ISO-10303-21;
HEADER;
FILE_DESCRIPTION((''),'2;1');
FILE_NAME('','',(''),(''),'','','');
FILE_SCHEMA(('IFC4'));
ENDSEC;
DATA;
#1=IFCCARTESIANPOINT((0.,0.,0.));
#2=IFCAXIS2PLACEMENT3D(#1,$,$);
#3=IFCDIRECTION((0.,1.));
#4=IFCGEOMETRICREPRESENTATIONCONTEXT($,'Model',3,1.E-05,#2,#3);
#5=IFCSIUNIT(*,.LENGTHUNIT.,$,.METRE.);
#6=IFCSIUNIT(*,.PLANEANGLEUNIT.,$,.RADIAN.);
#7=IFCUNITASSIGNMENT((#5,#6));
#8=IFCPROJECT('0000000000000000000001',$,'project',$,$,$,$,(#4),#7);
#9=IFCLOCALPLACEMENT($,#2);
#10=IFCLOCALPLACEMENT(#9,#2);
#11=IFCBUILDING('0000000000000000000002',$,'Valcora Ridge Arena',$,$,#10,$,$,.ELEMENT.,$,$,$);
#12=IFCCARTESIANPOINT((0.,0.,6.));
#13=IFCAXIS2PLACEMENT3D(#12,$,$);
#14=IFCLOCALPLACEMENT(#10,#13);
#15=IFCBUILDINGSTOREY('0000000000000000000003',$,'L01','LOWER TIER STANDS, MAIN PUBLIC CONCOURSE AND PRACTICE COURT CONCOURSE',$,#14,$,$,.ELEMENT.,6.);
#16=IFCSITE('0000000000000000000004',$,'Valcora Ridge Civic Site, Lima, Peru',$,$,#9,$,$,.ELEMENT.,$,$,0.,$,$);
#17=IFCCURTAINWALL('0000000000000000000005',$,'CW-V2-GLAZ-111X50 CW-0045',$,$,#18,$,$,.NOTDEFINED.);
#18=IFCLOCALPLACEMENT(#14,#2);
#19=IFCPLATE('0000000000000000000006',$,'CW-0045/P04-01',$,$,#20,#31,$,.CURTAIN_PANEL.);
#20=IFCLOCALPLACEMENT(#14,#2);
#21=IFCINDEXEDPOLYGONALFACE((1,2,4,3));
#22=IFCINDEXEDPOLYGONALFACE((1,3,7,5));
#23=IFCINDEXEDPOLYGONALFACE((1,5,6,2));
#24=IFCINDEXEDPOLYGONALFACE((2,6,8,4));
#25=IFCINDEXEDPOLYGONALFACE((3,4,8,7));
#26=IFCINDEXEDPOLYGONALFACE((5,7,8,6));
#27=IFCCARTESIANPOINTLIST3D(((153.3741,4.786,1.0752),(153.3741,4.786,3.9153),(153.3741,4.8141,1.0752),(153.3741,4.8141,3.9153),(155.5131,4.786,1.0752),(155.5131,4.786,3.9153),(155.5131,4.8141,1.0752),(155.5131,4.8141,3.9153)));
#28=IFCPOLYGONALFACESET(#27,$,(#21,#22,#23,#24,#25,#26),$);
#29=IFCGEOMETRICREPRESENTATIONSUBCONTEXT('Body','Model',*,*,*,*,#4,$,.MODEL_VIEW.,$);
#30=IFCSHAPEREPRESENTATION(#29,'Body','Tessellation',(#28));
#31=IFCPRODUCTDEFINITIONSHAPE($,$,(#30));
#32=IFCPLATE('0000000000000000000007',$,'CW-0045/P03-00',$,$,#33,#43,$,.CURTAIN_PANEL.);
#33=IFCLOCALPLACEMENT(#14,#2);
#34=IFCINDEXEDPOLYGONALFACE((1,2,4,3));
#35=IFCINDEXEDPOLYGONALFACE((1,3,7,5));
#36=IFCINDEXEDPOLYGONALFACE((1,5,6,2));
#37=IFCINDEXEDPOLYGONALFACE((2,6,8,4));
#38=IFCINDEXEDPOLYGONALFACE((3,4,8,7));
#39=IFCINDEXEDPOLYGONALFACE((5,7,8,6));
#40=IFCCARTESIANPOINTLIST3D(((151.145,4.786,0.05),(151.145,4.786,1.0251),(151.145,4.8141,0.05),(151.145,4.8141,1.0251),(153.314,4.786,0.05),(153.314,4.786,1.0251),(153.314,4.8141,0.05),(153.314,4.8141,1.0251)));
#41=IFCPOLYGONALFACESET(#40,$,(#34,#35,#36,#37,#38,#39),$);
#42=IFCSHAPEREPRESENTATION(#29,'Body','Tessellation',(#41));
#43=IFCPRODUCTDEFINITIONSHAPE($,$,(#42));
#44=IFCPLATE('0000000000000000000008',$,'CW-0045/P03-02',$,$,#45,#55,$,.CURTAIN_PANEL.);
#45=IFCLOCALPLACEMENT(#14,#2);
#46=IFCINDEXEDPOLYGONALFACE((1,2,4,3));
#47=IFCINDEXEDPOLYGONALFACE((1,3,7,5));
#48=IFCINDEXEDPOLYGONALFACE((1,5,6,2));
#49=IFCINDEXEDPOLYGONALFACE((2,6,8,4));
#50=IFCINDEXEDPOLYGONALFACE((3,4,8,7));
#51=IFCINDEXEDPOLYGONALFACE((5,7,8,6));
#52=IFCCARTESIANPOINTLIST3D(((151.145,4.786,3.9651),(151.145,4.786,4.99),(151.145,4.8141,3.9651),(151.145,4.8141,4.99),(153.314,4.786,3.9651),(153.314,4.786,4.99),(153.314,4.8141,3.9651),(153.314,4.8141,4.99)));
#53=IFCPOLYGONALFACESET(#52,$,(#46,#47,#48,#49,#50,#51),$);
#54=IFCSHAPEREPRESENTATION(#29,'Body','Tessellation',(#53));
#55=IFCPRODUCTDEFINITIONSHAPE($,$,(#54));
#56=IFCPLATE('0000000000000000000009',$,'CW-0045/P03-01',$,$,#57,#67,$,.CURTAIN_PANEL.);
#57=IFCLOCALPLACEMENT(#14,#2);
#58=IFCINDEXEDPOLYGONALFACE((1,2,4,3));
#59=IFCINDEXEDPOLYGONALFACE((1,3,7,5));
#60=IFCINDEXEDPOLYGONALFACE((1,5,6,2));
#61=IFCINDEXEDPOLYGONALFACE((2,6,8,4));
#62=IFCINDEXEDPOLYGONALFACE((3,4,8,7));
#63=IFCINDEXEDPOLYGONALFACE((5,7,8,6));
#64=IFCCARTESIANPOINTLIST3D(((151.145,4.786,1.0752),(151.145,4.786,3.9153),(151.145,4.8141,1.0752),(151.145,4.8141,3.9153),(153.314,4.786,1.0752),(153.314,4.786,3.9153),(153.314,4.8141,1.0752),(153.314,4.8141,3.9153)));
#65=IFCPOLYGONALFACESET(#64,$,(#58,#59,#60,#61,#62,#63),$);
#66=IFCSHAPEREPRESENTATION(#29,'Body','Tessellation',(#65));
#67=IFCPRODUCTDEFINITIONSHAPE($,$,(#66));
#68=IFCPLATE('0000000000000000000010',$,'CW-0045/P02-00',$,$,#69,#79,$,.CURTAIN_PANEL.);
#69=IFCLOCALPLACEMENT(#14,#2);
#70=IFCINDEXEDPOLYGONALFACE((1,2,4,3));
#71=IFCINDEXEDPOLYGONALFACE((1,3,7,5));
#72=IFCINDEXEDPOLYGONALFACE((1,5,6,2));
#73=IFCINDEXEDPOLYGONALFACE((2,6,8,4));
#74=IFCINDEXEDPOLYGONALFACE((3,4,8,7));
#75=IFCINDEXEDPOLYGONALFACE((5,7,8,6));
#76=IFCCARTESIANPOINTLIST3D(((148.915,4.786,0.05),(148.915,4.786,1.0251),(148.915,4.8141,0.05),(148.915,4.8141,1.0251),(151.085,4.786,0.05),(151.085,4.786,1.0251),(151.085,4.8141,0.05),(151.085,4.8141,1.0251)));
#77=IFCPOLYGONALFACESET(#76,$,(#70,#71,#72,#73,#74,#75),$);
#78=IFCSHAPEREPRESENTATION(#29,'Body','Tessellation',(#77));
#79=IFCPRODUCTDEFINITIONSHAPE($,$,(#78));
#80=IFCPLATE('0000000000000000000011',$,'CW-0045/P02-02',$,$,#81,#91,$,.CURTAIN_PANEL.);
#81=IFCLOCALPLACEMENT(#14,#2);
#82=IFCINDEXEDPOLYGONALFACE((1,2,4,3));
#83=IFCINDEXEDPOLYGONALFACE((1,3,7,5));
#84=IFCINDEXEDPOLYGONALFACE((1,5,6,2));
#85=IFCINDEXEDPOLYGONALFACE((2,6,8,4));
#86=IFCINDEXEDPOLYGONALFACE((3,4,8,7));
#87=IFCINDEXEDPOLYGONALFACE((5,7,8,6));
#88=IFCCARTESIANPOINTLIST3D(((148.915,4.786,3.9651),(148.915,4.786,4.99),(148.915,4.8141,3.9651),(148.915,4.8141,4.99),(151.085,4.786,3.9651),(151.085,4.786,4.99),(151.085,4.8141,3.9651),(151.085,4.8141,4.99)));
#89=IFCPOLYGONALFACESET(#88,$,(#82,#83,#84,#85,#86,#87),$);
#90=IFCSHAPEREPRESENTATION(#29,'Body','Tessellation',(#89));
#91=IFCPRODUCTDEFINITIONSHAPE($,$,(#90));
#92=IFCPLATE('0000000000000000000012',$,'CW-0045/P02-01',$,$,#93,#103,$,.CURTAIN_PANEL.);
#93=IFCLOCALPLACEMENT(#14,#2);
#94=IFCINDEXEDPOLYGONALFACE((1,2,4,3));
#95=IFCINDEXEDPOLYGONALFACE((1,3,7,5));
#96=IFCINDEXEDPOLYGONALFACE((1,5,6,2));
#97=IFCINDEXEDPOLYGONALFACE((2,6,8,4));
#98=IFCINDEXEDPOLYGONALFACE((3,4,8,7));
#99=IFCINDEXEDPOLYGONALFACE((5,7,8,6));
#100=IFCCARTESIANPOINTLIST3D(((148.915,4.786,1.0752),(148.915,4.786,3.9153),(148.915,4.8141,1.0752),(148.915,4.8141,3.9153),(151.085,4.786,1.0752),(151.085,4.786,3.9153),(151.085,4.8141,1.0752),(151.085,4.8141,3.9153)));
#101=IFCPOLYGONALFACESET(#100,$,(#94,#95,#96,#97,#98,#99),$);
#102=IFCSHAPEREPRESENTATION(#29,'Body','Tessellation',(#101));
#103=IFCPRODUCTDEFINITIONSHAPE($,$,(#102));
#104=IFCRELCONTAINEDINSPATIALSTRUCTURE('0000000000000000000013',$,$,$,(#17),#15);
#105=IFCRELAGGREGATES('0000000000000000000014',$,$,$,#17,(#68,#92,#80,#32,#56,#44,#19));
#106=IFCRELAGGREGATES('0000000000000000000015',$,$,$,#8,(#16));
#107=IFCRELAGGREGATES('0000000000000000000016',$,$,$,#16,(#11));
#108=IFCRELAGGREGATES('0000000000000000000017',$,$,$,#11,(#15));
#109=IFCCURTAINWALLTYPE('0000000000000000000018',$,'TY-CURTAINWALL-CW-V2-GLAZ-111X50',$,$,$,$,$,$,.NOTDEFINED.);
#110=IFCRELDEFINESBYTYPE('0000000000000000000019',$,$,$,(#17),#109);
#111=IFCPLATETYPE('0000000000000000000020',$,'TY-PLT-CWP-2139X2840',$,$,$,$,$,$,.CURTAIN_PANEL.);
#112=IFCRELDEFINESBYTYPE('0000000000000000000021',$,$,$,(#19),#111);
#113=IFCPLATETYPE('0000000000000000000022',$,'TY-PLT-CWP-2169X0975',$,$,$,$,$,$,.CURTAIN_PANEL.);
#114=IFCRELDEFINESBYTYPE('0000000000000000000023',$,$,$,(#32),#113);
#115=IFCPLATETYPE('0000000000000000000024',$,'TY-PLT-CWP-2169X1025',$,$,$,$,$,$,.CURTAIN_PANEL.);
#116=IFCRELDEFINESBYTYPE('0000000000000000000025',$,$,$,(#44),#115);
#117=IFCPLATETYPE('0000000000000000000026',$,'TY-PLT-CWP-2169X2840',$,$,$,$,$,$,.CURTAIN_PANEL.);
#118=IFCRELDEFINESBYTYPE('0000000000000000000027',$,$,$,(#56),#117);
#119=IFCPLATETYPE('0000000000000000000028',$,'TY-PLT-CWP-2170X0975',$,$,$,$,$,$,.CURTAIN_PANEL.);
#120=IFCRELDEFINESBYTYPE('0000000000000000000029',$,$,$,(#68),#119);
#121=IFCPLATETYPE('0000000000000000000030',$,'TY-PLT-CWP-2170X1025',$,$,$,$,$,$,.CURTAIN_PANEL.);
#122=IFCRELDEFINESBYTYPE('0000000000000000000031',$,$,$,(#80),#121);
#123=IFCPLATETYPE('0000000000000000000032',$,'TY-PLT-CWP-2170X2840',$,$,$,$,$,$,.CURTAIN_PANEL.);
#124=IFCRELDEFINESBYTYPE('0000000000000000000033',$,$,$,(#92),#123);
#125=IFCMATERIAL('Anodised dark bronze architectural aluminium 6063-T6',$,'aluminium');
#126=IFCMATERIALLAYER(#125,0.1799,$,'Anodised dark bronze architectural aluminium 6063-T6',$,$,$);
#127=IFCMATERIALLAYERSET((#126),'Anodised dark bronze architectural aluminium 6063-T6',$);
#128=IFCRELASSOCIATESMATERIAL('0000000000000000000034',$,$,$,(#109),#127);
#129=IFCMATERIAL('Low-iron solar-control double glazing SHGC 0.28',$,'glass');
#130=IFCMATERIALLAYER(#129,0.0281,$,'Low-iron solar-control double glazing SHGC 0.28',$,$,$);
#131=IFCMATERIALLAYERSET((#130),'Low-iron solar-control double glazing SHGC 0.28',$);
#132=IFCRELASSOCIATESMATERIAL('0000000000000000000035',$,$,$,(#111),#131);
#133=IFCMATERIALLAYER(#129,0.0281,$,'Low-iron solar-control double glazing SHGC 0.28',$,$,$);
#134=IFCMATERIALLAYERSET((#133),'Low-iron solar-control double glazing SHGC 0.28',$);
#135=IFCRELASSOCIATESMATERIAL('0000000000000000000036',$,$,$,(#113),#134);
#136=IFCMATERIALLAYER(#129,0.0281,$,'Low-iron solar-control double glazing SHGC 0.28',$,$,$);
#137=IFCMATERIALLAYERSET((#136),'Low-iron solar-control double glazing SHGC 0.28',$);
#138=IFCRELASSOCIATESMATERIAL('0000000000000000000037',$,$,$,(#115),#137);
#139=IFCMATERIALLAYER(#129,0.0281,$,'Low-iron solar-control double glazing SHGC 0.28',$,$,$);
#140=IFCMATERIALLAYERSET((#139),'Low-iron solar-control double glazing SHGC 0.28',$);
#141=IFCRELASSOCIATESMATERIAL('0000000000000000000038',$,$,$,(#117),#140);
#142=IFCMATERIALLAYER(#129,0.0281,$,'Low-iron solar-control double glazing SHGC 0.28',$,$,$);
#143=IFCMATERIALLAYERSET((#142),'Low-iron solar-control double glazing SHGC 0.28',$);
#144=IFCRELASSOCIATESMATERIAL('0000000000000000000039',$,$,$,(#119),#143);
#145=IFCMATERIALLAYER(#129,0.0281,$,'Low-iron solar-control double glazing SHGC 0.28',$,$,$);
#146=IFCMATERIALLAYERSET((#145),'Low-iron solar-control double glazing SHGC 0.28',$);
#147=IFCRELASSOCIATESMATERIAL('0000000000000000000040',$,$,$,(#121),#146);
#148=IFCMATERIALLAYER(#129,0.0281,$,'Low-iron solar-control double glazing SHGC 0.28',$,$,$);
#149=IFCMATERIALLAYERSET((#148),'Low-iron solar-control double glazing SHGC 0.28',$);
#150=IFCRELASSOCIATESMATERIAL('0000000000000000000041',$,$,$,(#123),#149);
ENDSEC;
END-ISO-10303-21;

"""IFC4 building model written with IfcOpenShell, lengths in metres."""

from ifc_helpers import new_model, si_unit, direction, frame, origin, origin_2d, place, context, subcontext, project, spatial, rectangle, extrude, material, layer, layer_set, type_object, element, aggregate, save


model = new_model("IFC4")

# Units and contexts
model_context = context("Model", 3, precision=1e-05, world=origin(), true_north=direction((0.0, 1.0)))
body_context = subcontext(model_context, "Body", "Model", "MODEL_VIEW")
ifc_project = project(units=[si_unit("LENGTHUNIT", "METRE"), si_unit("PLANEANGLEUNIT", "RADIAN")], contexts=[model_context])

# Site, building, storey
site_placement = place(None, origin())
site = spatial("IfcSite", under=ifc_project, at=site_placement, Name="Valcora Ridge Civic Site, Lima, Peru", CompositionType="ELEMENT", RefElevation=0.0)
building_placement = place(site_placement, origin())
building = spatial("IfcBuilding", under=site, at=building_placement, Name="Valcora Ridge Arena", CompositionType="ELEMENT")
storey_placement = place(building_placement, frame((0.0, 0.0, 6.0)))
storey = spatial("IfcBuildingStorey", under=building, at=storey_placement, Name="L01", Description="LOWER TIER STANDS, MAIN PUBLIC CONCOURSE AND PRACTICE COURT CONCOURSE", CompositionType="ELEMENT", Elevation=6.0)

# Curtain wall, plates
ifc_material_1 = material(Name="Anodised dark bronze architectural aluminium 6063-T6", Category="aluminium")
ifc_layer_1 = layer(ifc_material_1, 0.1799, Name="Anodised dark bronze architectural aluminium 6063-T6")
ifc_layer_set_1 = layer_set([ifc_layer_1], Name="Anodised dark bronze architectural aluminium 6063-T6")
curtain_wall_type = type_object("IfcCurtainWallType", Name="TY-CURTAINWALL-CW-V2-GLAZ-111X50", PredefinedType="NOTDEFINED", material=ifc_layer_set_1)
curtain_wall_placement = place(storey_placement, origin())
curtain_wall = element("IfcCurtainWall", 1, at=curtain_wall_placement, inside=storey, type_object=curtain_wall_type, Name="CW-V2-GLAZ-111X50 CW-0045", PredefinedType="NOTDEFINED")
ifc_material_2 = material(Name="Low-iron solar-control double glazing SHGC 0.28", Category="glass")
ifc_layer_2 = layer(ifc_material_2, 0.0281, Name="Low-iron solar-control double glazing SHGC 0.28")
ifc_layer_set_2 = layer_set([ifc_layer_2], Name="Low-iron solar-control double glazing SHGC 0.28")
plate_type_1 = type_object("IfcPlateType", Name="TY-PLT-CWP-2139X2840", PredefinedType="CURTAIN_PANEL", material=ifc_layer_set_2)
plate_1_placement = place(storey_placement, frame((154.4436, 4.8, 1.0752), z_axis=(0.0, 0.0, 1.0), x_axis=(1.0, 0.0, 0.0)))
plate_1 = element("IfcPlate", 2, at=plate_1_placement, type_object=plate_type_1, Name="CW-0045/P04-01", PredefinedType="CURTAIN_PANEL", context=body_context, shape_type="SweptSolid", body=[
    extrude(rectangle(XDim=2.1389, YDim=0.0281, at=origin_2d()), origin(), (0.0, 0.0, 1.0), 2.8401),
])
ifc_layer_3 = layer(ifc_material_2, 0.0281, Name="Low-iron solar-control double glazing SHGC 0.28")
ifc_layer_set_3 = layer_set([ifc_layer_3], Name="Low-iron solar-control double glazing SHGC 0.28")
plate_type_2 = type_object("IfcPlateType", Name="TY-PLT-CWP-2169X0975", PredefinedType="CURTAIN_PANEL", material=ifc_layer_set_3)
plate_2_placement = place(storey_placement, frame((152.2295, 4.8, 0.05), z_axis=(0.0, 0.0, 1.0), x_axis=(1.0, 0.0, 0.0)))
plate_2 = element("IfcPlate", 3, at=plate_2_placement, type_object=plate_type_2, Name="CW-0045/P03-00", PredefinedType="CURTAIN_PANEL", context=body_context, shape_type="SweptSolid", body=[
    extrude(rectangle(XDim=2.1689, YDim=0.0281, at=origin_2d()), origin(), (0.0, 0.0, 1.0), 0.9751),
])
ifc_layer_4 = layer(ifc_material_2, 0.0281, Name="Low-iron solar-control double glazing SHGC 0.28")
ifc_layer_set_4 = layer_set([ifc_layer_4], Name="Low-iron solar-control double glazing SHGC 0.28")
plate_type_3 = type_object("IfcPlateType", Name="TY-PLT-CWP-2169X1025", PredefinedType="CURTAIN_PANEL", material=ifc_layer_set_4)
plate_3_placement = place(storey_placement, frame((152.2295, 4.8, 3.9651), z_axis=(0.0, 0.0, 1.0), x_axis=(1.0, 0.0, 0.0)))
plate_3 = element("IfcPlate", 4, at=plate_3_placement, type_object=plate_type_3, Name="CW-0045/P03-02", PredefinedType="CURTAIN_PANEL", context=body_context, shape_type="SweptSolid", body=[
    extrude(rectangle(XDim=2.1689, YDim=0.0281, at=origin_2d()), origin(), (0.0, 0.0, 1.0), 1.0249),
])
ifc_layer_5 = layer(ifc_material_2, 0.0281, Name="Low-iron solar-control double glazing SHGC 0.28")
ifc_layer_set_5 = layer_set([ifc_layer_5], Name="Low-iron solar-control double glazing SHGC 0.28")
plate_type_4 = type_object("IfcPlateType", Name="TY-PLT-CWP-2169X2840", PredefinedType="CURTAIN_PANEL", material=ifc_layer_set_5)
plate_4_placement = place(storey_placement, frame((152.2295, 4.8, 1.0752), z_axis=(0.0, 0.0, 1.0), x_axis=(1.0, 0.0, 0.0)))
plate_4 = element("IfcPlate", 5, at=plate_4_placement, type_object=plate_type_4, Name="CW-0045/P03-01", PredefinedType="CURTAIN_PANEL", context=body_context, shape_type="SweptSolid", body=[
    extrude(rectangle(XDim=2.1689, YDim=0.0281, at=origin_2d()), origin(), (0.0, 0.0, 1.0), 2.8401),
])
ifc_layer_6 = layer(ifc_material_2, 0.0281, Name="Low-iron solar-control double glazing SHGC 0.28")
ifc_layer_set_6 = layer_set([ifc_layer_6], Name="Low-iron solar-control double glazing SHGC 0.28")
plate_type_5 = type_object("IfcPlateType", Name="TY-PLT-CWP-2170X0975", PredefinedType="CURTAIN_PANEL", material=ifc_layer_set_6)
plate_5_placement = place(storey_placement, frame((150.0, 4.8, 0.05), z_axis=(0.0, 0.0, 1.0), x_axis=(1.0, 0.0, 0.0)))
plate_5 = element("IfcPlate", 6, at=plate_5_placement, type_object=plate_type_5, Name="CW-0045/P02-00", PredefinedType="CURTAIN_PANEL", context=body_context, shape_type="SweptSolid", body=[
    extrude(rectangle(XDim=2.1699, YDim=0.0281, at=origin_2d()), origin(), (0.0, 0.0, 1.0), 0.9751),
])
ifc_layer_7 = layer(ifc_material_2, 0.0281, Name="Low-iron solar-control double glazing SHGC 0.28")
ifc_layer_set_7 = layer_set([ifc_layer_7], Name="Low-iron solar-control double glazing SHGC 0.28")
plate_type_6 = type_object("IfcPlateType", Name="TY-PLT-CWP-2170X1025", PredefinedType="CURTAIN_PANEL", material=ifc_layer_set_7)
plate_6_placement = place(storey_placement, frame((150.0, 4.8, 3.9651), z_axis=(0.0, 0.0, 1.0), x_axis=(1.0, 0.0, 0.0)))
plate_6 = element("IfcPlate", 7, at=plate_6_placement, type_object=plate_type_6, Name="CW-0045/P02-02", PredefinedType="CURTAIN_PANEL", context=body_context, shape_type="SweptSolid", body=[
    extrude(rectangle(XDim=2.1699, YDim=0.0281, at=origin_2d()), origin(), (0.0, 0.0, 1.0), 1.0249),
])
ifc_layer_8 = layer(ifc_material_2, 0.0281, Name="Low-iron solar-control double glazing SHGC 0.28")
ifc_layer_set_8 = layer_set([ifc_layer_8], Name="Low-iron solar-control double glazing SHGC 0.28")
plate_type_7 = type_object("IfcPlateType", Name="TY-PLT-CWP-2170X2840", PredefinedType="CURTAIN_PANEL", material=ifc_layer_set_8)
plate_7_placement = place(storey_placement, frame((150.0, 4.8, 1.0752), z_axis=(0.0, 0.0, 1.0), x_axis=(1.0, 0.0, 0.0)))
plate_7 = element("IfcPlate", 8, at=plate_7_placement, type_object=plate_type_7, Name="CW-0045/P02-01", PredefinedType="CURTAIN_PANEL", context=body_context, shape_type="SweptSolid", body=[
    extrude(rectangle(XDim=2.1699, YDim=0.0281, at=origin_2d()), origin(), (0.0, 0.0, 1.0), 2.8401),
])
aggregate(curtain_wall, [plate_5, plate_7, plate_6, plate_2, plate_4, plate_3, plate_1])

save(model, "model.ifc")
